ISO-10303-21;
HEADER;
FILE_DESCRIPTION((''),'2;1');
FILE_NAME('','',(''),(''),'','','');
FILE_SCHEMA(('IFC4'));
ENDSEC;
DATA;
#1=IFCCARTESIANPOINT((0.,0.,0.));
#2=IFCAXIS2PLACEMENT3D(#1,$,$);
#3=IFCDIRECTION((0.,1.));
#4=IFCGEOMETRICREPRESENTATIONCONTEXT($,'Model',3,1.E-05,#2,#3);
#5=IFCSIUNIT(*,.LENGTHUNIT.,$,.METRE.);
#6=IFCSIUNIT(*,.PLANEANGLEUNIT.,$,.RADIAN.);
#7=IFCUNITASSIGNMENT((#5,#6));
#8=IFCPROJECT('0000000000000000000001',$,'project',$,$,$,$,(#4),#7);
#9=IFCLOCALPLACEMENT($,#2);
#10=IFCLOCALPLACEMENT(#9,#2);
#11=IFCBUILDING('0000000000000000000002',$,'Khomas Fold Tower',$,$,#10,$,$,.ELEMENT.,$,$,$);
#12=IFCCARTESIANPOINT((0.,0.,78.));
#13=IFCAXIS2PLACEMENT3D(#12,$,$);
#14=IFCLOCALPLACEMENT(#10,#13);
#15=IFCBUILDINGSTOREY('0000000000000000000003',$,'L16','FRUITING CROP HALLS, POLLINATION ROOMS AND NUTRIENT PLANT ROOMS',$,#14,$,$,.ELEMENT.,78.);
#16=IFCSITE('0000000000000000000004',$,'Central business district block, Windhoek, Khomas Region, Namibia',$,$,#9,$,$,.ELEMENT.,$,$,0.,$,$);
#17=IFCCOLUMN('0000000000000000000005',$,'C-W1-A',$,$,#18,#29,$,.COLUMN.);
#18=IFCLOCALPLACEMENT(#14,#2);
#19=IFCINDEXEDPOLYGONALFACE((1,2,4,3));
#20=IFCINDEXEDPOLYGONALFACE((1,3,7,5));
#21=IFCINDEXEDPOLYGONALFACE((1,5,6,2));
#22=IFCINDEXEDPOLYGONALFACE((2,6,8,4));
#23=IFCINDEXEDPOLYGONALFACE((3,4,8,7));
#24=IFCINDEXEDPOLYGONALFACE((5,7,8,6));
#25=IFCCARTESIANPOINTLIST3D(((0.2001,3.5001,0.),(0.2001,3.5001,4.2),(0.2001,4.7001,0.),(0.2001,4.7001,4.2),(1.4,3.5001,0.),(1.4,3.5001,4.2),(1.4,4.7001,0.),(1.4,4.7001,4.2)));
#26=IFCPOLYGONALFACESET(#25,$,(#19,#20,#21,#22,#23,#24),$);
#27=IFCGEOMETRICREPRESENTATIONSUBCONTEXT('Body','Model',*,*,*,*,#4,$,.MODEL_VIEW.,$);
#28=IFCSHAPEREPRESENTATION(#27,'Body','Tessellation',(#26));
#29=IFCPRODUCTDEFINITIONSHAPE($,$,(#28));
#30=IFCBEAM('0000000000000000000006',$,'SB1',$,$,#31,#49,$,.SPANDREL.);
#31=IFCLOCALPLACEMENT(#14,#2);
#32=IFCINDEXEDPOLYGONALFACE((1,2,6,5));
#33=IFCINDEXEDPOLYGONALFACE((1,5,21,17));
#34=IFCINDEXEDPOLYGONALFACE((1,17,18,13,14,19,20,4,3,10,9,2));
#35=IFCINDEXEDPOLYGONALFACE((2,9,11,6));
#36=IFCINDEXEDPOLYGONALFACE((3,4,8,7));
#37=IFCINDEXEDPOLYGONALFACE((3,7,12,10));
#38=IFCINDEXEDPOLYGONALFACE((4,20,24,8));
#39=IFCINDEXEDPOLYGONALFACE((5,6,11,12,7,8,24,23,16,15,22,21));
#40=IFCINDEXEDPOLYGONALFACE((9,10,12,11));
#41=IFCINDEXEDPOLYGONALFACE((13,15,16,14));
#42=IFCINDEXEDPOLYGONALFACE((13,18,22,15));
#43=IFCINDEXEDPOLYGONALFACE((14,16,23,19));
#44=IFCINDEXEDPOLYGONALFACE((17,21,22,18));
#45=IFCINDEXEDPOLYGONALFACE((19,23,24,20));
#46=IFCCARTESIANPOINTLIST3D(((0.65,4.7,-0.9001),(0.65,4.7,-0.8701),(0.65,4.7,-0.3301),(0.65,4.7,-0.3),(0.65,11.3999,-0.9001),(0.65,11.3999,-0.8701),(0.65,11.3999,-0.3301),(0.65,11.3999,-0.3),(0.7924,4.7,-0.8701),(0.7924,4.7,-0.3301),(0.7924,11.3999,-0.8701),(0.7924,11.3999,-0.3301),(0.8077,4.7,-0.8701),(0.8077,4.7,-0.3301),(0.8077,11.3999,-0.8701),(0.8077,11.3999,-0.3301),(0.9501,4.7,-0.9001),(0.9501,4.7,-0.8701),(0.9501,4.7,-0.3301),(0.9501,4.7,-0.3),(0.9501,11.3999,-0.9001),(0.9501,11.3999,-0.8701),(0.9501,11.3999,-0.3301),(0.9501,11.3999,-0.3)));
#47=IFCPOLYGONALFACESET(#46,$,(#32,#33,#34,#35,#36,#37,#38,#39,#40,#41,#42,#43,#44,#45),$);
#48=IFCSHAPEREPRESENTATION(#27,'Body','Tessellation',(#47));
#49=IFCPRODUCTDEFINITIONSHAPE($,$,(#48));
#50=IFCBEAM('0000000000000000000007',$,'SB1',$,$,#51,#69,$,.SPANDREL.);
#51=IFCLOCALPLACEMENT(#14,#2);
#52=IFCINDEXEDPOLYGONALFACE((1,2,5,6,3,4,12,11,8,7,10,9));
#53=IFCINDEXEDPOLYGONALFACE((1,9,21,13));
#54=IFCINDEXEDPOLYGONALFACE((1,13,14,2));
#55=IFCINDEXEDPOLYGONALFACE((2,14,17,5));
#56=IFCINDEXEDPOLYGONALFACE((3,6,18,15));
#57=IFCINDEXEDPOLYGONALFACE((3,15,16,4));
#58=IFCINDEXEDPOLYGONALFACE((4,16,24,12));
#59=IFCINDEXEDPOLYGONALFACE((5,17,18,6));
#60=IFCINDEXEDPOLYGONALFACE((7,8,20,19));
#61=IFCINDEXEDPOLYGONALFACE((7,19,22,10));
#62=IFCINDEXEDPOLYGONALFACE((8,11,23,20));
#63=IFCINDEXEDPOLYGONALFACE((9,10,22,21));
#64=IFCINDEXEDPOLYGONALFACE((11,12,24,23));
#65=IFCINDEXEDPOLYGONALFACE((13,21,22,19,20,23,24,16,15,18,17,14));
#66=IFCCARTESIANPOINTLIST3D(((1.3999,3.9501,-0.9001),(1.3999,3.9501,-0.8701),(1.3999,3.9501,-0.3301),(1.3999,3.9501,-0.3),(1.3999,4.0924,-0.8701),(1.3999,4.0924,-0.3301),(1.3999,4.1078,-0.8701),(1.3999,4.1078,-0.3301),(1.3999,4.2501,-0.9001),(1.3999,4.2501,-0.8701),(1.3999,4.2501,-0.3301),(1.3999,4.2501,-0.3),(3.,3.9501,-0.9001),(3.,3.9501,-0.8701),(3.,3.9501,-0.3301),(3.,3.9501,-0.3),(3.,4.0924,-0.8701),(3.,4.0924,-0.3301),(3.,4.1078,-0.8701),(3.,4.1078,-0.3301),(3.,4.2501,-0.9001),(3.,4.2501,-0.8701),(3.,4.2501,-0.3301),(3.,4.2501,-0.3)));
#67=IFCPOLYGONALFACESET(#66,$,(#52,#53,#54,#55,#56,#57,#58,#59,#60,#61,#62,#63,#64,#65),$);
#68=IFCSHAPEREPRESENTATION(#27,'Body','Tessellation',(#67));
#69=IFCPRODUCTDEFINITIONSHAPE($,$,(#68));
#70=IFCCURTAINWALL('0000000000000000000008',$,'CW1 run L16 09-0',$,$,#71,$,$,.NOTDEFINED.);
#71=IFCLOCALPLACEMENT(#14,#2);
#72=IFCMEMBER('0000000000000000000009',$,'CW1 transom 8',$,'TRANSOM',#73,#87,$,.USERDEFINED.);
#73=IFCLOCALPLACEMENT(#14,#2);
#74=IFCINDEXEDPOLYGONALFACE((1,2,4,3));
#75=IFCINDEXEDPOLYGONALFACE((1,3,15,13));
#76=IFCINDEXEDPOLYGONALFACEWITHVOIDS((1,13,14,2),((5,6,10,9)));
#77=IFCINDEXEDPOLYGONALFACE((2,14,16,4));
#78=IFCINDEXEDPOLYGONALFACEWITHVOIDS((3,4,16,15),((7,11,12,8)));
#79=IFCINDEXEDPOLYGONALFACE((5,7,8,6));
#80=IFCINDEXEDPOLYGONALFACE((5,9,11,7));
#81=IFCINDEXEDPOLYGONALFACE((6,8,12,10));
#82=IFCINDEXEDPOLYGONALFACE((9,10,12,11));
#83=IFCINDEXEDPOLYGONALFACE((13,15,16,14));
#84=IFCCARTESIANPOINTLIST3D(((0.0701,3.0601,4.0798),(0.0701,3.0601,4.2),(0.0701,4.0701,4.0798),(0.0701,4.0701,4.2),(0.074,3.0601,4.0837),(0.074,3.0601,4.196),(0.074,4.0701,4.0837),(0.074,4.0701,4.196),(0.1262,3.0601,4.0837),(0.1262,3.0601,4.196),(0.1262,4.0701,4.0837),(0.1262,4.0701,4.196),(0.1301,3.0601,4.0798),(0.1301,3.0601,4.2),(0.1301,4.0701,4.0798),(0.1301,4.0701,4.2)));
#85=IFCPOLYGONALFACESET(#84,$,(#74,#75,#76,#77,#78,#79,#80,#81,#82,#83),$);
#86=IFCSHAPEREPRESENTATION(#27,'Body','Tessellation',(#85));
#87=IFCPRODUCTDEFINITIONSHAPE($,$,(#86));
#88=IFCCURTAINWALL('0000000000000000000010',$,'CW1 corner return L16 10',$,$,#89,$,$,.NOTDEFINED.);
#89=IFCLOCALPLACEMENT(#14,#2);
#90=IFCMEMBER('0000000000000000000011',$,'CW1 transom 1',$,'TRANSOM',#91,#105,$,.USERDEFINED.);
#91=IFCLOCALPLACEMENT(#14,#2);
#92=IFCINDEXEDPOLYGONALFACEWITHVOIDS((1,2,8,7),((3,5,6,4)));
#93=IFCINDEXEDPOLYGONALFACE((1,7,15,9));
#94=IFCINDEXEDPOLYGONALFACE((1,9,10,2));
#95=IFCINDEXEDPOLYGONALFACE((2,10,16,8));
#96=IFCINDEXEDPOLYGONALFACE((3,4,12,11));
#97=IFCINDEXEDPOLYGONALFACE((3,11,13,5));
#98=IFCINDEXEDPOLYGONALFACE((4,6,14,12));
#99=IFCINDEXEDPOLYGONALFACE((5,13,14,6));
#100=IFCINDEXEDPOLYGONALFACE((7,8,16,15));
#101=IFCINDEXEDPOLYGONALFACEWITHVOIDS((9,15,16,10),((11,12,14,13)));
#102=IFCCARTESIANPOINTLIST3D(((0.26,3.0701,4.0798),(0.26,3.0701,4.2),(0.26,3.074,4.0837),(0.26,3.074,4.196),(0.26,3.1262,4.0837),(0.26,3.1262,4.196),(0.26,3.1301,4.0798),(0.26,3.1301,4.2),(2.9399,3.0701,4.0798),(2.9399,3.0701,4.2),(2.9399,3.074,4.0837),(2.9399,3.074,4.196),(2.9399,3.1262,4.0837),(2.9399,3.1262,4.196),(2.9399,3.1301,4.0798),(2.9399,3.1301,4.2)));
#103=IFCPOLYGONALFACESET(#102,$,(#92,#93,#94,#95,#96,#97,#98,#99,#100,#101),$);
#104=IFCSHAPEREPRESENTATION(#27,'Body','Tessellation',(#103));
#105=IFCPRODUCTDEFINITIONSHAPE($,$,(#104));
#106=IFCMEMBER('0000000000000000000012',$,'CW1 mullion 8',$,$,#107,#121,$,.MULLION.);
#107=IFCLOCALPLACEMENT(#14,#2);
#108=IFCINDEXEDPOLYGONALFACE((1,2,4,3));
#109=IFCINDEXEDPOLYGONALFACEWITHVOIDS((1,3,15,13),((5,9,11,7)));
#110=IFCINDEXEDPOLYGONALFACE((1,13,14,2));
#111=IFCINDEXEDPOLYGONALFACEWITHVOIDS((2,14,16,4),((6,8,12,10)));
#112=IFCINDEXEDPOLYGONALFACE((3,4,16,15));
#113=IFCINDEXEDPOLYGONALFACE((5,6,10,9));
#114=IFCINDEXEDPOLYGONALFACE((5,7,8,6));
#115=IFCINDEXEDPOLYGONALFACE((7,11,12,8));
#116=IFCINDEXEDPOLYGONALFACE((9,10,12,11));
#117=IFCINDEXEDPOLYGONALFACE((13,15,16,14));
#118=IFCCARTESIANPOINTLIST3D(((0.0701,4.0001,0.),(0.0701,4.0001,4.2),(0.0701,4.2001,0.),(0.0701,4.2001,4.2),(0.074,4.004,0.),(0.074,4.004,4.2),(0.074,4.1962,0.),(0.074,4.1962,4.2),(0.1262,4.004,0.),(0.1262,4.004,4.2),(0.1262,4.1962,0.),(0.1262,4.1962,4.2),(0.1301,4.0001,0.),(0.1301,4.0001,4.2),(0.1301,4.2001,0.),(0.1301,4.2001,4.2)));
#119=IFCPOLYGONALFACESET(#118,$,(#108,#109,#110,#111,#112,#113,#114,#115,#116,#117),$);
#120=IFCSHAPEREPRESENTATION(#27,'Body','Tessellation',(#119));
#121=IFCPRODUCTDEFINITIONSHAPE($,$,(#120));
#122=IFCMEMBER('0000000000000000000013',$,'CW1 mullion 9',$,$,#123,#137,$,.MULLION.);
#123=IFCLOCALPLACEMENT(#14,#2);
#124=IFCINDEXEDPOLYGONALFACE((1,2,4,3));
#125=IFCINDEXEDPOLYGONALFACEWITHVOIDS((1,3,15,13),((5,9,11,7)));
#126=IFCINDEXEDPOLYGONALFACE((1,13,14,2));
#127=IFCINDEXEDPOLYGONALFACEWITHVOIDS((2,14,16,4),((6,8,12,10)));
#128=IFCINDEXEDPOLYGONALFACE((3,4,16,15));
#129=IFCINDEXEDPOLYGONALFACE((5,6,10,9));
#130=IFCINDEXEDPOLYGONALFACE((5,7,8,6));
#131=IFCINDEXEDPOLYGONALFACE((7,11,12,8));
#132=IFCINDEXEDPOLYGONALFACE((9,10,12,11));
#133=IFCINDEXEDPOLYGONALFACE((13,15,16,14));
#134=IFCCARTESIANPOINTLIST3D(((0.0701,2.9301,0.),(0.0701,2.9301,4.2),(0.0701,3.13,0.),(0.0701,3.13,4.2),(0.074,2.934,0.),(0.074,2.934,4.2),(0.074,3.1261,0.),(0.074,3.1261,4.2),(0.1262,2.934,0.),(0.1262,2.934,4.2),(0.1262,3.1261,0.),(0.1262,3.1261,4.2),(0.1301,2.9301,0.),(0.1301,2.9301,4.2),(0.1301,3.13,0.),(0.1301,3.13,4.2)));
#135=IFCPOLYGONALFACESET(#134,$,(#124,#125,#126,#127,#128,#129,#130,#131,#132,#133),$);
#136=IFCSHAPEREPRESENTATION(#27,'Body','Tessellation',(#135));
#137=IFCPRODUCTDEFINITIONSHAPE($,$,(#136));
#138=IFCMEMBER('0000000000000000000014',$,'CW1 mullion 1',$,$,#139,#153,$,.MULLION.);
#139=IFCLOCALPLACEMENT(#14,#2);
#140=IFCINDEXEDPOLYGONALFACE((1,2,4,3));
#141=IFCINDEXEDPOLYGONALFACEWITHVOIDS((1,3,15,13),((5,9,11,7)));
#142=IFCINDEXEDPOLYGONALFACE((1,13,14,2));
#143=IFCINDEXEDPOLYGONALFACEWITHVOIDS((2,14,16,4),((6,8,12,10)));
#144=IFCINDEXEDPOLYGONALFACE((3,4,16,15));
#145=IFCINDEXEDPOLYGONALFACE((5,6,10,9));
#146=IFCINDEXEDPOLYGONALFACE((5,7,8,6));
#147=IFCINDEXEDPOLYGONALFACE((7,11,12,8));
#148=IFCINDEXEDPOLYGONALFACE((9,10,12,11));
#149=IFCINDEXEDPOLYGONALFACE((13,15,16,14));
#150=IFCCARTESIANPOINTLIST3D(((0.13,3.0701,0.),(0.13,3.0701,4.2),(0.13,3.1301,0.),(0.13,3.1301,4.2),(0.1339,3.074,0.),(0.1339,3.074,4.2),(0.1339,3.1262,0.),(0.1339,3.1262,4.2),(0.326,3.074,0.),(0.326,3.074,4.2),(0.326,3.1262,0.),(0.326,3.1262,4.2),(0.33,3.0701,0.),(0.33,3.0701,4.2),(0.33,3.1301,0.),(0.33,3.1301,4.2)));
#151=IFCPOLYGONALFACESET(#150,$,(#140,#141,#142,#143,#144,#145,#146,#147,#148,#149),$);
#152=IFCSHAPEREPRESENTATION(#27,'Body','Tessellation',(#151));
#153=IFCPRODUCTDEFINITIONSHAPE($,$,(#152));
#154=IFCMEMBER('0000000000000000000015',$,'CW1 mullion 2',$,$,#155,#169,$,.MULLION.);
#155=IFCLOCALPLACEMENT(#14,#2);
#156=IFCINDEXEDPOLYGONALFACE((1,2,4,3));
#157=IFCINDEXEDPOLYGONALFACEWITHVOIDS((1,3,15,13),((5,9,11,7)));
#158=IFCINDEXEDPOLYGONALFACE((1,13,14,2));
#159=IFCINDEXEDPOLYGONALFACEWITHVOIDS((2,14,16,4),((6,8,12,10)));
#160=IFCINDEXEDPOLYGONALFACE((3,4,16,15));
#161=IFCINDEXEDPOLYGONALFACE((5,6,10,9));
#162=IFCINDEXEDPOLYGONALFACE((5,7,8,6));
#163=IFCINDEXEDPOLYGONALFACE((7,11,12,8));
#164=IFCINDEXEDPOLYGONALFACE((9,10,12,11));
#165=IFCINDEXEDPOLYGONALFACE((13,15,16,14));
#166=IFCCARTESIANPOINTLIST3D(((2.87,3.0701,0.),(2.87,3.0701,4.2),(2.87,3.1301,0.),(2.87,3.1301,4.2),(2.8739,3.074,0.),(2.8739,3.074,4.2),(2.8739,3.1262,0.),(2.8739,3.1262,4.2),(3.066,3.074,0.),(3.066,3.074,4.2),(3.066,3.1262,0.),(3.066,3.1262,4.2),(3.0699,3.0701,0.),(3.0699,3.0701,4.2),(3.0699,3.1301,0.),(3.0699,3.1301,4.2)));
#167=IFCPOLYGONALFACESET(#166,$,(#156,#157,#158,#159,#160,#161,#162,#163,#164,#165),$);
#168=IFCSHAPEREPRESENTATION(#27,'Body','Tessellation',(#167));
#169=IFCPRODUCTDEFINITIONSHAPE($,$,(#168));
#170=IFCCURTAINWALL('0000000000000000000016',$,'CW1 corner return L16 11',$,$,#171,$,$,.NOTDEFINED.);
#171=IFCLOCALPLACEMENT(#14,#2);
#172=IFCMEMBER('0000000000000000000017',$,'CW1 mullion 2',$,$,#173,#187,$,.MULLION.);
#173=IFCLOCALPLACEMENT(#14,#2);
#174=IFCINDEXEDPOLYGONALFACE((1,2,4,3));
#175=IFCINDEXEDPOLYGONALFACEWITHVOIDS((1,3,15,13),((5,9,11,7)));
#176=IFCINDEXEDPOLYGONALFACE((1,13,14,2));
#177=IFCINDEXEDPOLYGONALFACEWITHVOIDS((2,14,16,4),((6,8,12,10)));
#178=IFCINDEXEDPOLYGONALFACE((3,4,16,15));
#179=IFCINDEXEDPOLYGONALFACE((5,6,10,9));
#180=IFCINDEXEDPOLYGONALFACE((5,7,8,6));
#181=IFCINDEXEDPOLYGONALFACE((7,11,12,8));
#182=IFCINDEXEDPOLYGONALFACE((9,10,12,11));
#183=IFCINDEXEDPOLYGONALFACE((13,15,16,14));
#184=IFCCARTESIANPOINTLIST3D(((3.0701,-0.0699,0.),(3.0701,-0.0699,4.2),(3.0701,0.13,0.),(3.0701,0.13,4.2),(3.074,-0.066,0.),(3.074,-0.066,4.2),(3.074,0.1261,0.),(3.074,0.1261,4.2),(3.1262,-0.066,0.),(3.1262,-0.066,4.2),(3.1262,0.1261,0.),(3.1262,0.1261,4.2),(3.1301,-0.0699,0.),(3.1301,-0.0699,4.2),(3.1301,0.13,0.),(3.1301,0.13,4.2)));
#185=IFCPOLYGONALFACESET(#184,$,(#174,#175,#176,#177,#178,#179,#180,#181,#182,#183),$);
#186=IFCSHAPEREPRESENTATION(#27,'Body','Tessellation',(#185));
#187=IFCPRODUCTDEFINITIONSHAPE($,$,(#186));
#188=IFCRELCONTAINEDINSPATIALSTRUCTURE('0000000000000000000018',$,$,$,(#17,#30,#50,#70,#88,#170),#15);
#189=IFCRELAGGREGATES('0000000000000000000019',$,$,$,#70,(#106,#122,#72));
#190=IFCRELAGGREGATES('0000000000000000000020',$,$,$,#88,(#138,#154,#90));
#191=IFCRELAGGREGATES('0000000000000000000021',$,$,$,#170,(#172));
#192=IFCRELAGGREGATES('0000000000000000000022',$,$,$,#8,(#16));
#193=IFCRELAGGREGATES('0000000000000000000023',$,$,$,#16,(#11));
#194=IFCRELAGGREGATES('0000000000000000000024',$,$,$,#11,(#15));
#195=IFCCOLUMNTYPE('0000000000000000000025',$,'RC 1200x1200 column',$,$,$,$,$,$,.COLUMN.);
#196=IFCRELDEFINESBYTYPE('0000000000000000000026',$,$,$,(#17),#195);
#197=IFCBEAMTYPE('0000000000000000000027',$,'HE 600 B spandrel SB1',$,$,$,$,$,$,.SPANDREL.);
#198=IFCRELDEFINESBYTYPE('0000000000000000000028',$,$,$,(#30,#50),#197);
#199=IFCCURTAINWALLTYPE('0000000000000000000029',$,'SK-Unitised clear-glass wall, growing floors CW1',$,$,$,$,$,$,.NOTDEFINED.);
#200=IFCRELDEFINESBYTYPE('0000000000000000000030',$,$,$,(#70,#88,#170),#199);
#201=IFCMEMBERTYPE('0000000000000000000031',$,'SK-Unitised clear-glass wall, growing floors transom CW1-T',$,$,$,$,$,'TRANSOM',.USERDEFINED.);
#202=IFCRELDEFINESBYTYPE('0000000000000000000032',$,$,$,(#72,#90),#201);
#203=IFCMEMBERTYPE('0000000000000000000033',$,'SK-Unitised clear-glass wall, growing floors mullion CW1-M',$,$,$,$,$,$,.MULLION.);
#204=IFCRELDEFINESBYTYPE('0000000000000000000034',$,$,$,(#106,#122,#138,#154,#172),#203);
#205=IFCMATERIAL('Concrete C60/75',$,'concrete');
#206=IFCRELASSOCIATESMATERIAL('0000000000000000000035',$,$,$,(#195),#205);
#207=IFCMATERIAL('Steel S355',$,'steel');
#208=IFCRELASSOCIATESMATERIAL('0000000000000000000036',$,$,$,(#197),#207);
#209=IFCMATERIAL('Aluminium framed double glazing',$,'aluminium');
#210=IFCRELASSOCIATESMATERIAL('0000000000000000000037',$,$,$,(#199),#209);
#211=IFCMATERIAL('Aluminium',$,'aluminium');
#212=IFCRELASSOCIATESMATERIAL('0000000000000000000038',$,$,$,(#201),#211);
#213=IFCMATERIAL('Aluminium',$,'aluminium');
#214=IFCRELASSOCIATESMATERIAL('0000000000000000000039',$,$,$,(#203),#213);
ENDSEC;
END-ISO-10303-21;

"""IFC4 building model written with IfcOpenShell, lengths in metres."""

from ifc_helpers import new_model, si_unit, direction, frame, origin, origin_2d, place, context, subcontext, project, spatial, rectangle, hollow_rectangle, i_section, extrude, source, transform, mapped, material, material_profile, profile_set, type_object, element, aggregate, save


model = new_model("IFC4")

# Units and contexts
model_context = context("Model", 3, precision=1e-05, world=origin(), true_north=direction((0.0, 1.0)))
body_context = subcontext(model_context, "Body", "Model", "MODEL_VIEW")
ifc_project = project(units=[si_unit("LENGTHUNIT", "METRE"), si_unit("PLANEANGLEUNIT", "RADIAN")], contexts=[model_context])

# Site, building, storey
site_placement = place(None, origin())
site = spatial("IfcSite", under=ifc_project, at=site_placement, Name="Central business district block, Windhoek, Khomas Region, Namibia", CompositionType="ELEMENT", RefElevation=0.0)
building_placement = place(site_placement, origin())
building = spatial("IfcBuilding", under=site, at=building_placement, Name="Khomas Fold Tower", CompositionType="ELEMENT")
storey_placement = place(building_placement, frame((0.0, 0.0, 78.0)))
storey = spatial("IfcBuildingStorey", under=building, at=storey_placement, Name="L16", Description="FRUITING CROP HALLS, POLLINATION ROOMS AND NUTRIENT PLANT ROOMS", CompositionType="ELEMENT", Elevation=78.0)

# Column
ifc_material_1 = material(Name="Concrete C60/75", Category="concrete")
ifc_material_profile_1 = material_profile(ifc_material_1, rectangle(XDim=1.2, YDim=1.2, at=origin_2d()), Name="RC 1200x1200")
ifc_profile_set_1 = profile_set([ifc_material_profile_1], Name="Concrete C60/75")
column_type = type_object("IfcColumnType", Name="RC 1200x1200 column", PredefinedType="COLUMN", material=ifc_profile_set_1)
shared_shape_1 = source(origin(), body_context, "Body", "SweptSolid", [
    extrude(rectangle(XDim=1.2, YDim=1.2, at=origin_2d()), origin(), (0.0, 0.0, 1.0), 4.2),
])
column_placement = place(storey_placement, frame((0.8, 4.1001, 0.0), z_axis=(0.0, 0.0, 1.0), x_axis=(1.0, 0.0, 0.0)))
element("IfcColumn", 1, at=column_placement, inside=storey, type_object=column_type, Name="C-W1-A", PredefinedType="COLUMN", context=body_context, shape_type="MappedRepresentation", body=[
    mapped(shared_shape_1, transform((0.0, 0.0, 0.0))),
])

# Beams
ifc_material_2 = material(Name="Steel S355", Category="steel")
ifc_material_profile_2 = material_profile(ifc_material_2, i_section(OverallWidth=0.3, OverallDepth=0.6001, WebThickness=0.0154, FlangeThickness=0.03, at=origin_2d()), Name="HE 600 B")
ifc_profile_set_2 = profile_set([ifc_material_profile_2], Name="Steel S355")
beam_type = type_object("IfcBeamType", Name="HE 600 B spandrel SB1", PredefinedType="SPANDREL", material=ifc_profile_set_2)
shared_shape_2 = source(origin(), body_context, "Body", "SweptSolid", [
    extrude(i_section(OverallWidth=0.3, OverallDepth=0.6001, WebThickness=0.0154, FlangeThickness=0.03, at=origin_2d()), origin(), (0.0, 0.0, 1.0), 6.7),
])
beam_1_placement = place(storey_placement, frame((0.8, 4.7, -0.6001), z_axis=(0.0, 1.0, 0.0), x_axis=(-1.0, 0.0, 0.0)))
element("IfcBeam", 2, at=beam_1_placement, inside=storey, type_object=beam_type, Name="SB1", PredefinedType="SPANDREL", context=body_context, shape_type="MappedRepresentation", body=[
    mapped(shared_shape_2, transform((0.0, 0.0, 0.0))),
])
shared_shape_3 = source(origin(), body_context, "Body", "SweptSolid", [
    extrude(i_section(OverallWidth=0.3, OverallDepth=0.6001, WebThickness=0.0154, FlangeThickness=0.03, at=origin_2d()), origin(), (0.0, 0.0, 1.0), 1.6001),
])
beam_2_placement = place(storey_placement, frame((1.3999, 4.1001, -0.6001), z_axis=(1.0, 0.0, 0.0), x_axis=(0.0, 1.0, 0.0)))
element("IfcBeam", 3, at=beam_2_placement, inside=storey, type_object=beam_type, Name="SB1", PredefinedType="SPANDREL", context=body_context, shape_type="MappedRepresentation", body=[
    mapped(shared_shape_3, transform((0.0, 0.0, 0.0))),
])

# Curtain walls, members
ifc_material_3 = material(Name="Aluminium framed double glazing", Category="aluminium")
curtain_wall_type = type_object("IfcCurtainWallType", Name="SK-Unitised clear-glass wall, growing floors CW1", PredefinedType="NOTDEFINED", material=ifc_material_3)
curtain_wall_1_placement = place(storey_placement, origin())
curtain_wall_1 = element("IfcCurtainWall", 4, at=curtain_wall_1_placement, inside=storey, type_object=curtain_wall_type, Name="CW1 run L16 09-0", PredefinedType="NOTDEFINED")
ifc_material_4 = material(Name="Aluminium", Category="aluminium")
ifc_material_profile_3 = material_profile(ifc_material_4, hollow_rectangle(XDim=0.0601, YDim=0.1201, WallThickness=0.0039, at=origin_2d()), Name="SK-Unitised clear-glass wall, growing floors transom CW1-T")
ifc_profile_set_3 = profile_set([ifc_material_profile_3], Name="Aluminium")
member_type_1 = type_object("IfcMemberType", Name="SK-Unitised clear-glass wall, growing floors transom CW1-T", ElementType="TRANSOM", PredefinedType="USERDEFINED", material=ifc_profile_set_3)
shared_shape_4 = source(origin(), body_context, "Body", "SweptSolid", [
    extrude(hollow_rectangle(XDim=0.0601, YDim=0.1201, WallThickness=0.0039, at=origin_2d()), origin(), (0.0, 0.0, 1.0), 1.01),
])
member_1_placement = place(storey_placement, frame((0.1001, 4.0701, 4.1399), z_axis=(0.0, -1.0, 0.0), x_axis=(1.0, 0.0, 0.0)))
member_1 = element("IfcMember", 5, at=member_1_placement, type_object=member_type_1, Name="CW1 transom 8", ObjectType="TRANSOM", PredefinedType="USERDEFINED", context=body_context, shape_type="MappedRepresentation", body=[
    mapped(shared_shape_4, transform((0.0, 0.0, 0.0))),
])
curtain_wall_2_placement = place(storey_placement, origin())
curtain_wall_2 = element("IfcCurtainWall", 6, at=curtain_wall_2_placement, inside=storey, type_object=curtain_wall_type, Name="CW1 corner return L16 10", PredefinedType="NOTDEFINED")
shared_shape_5 = source(origin(), body_context, "Body", "SweptSolid", [
    extrude(hollow_rectangle(XDim=0.0601, YDim=0.1201, WallThickness=0.0039, at=origin_2d()), origin(), (0.0, 0.0, 1.0), 2.6799),
])
member_2_placement = place(storey_placement, frame((0.26, 3.1001, 4.1399), z_axis=(1.0, 0.0, 0.0), x_axis=(0.0, 1.0, 0.0)))
member_2 = element("IfcMember", 7, at=member_2_placement, type_object=member_type_1, Name="CW1 transom 1", ObjectType="TRANSOM", PredefinedType="USERDEFINED", context=body_context, shape_type="MappedRepresentation", body=[
    mapped(shared_shape_5, transform((0.0, 0.0, 0.0))),
])

# Members
ifc_material_5 = material(Name="Aluminium", Category="aluminium")
ifc_material_profile_4 = material_profile(ifc_material_5, hollow_rectangle(XDim=0.0601, YDim=0.2, WallThickness=0.0039, at=origin_2d()), Name="SK-Unitised clear-glass wall, growing floors mullion CW1-M")
ifc_profile_set_4 = profile_set([ifc_material_profile_4], Name="Aluminium")
member_type_2 = type_object("IfcMemberType", Name="SK-Unitised clear-glass wall, growing floors mullion CW1-M", PredefinedType="MULLION", material=ifc_profile_set_4)
shared_shape_6 = source(origin(), body_context, "Body", "SweptSolid", [
    extrude(hollow_rectangle(XDim=0.0601, YDim=0.2, WallThickness=0.0039, at=origin_2d()), origin(), (0.0, 0.0, 1.0), 4.2),
])
member_3_placement = place(storey_placement, frame((0.1001, 4.1001, 0.0), z_axis=(0.0, 0.0, 1.0), x_axis=(1.0, 0.0, 0.0)))
member_3 = element("IfcMember", 8, at=member_3_placement, type_object=member_type_2, Name="CW1 mullion 8", PredefinedType="MULLION", context=body_context, shape_type="MappedRepresentation", body=[
    mapped(shared_shape_6, transform((0.0, 0.0, 0.0))),
])
member_4_placement = place(storey_placement, frame((0.1001, 3.03, 0.0), z_axis=(0.0, 0.0, 1.0), x_axis=(1.0, 0.0, 0.0)))
member_4 = element("IfcMember", 9, at=member_4_placement, type_object=member_type_2, Name="CW1 mullion 9", PredefinedType="MULLION", context=body_context, shape_type="MappedRepresentation", body=[
    mapped(shared_shape_6, transform((0.0, 0.0, 0.0))),
])
member_5_placement = place(storey_placement, frame((0.23, 3.1001, 0.0), z_axis=(0.0, 0.0, 1.0), x_axis=(0.0, 1.0, 0.0)))
member_5 = element("IfcMember", 10, at=member_5_placement, type_object=member_type_2, Name="CW1 mullion 1", PredefinedType="MULLION", context=body_context, shape_type="MappedRepresentation", body=[
    mapped(shared_shape_6, transform((0.0, 0.0, 0.0))),
])
member_6_placement = place(storey_placement, frame((2.97, 3.1001, 0.0), z_axis=(0.0, 0.0, 1.0), x_axis=(0.0, 1.0, 0.0)))
member_6 = element("IfcMember", 11, at=member_6_placement, type_object=member_type_2, Name="CW1 mullion 2", PredefinedType="MULLION", context=body_context, shape_type="MappedRepresentation", body=[
    mapped(shared_shape_6, transform((0.0, 0.0, 0.0))),
])

# Curtain wall, member
curtain_wall_3_placement = place(storey_placement, origin())
curtain_wall_3 = element("IfcCurtainWall", 12, at=curtain_wall_3_placement, inside=storey, type_object=curtain_wall_type, Name="CW1 corner return L16 11", PredefinedType="NOTDEFINED")
member_7_placement = place(storey_placement, frame((3.1001, 0.03, 0.0), z_axis=(0.0, 0.0, 1.0), x_axis=(1.0, 0.0, 0.0)))
member_7 = element("IfcMember", 13, at=member_7_placement, type_object=member_type_2, Name="CW1 mullion 2", PredefinedType="MULLION", context=body_context, shape_type="MappedRepresentation", body=[
    mapped(shared_shape_6, transform((0.0, 0.0, 0.0))),
])

aggregate(curtain_wall_1, [member_3, member_4, member_1])
aggregate(curtain_wall_2, [member_5, member_6, member_2])
aggregate(curtain_wall_3, [member_7])

save(model, "model.ifc")
